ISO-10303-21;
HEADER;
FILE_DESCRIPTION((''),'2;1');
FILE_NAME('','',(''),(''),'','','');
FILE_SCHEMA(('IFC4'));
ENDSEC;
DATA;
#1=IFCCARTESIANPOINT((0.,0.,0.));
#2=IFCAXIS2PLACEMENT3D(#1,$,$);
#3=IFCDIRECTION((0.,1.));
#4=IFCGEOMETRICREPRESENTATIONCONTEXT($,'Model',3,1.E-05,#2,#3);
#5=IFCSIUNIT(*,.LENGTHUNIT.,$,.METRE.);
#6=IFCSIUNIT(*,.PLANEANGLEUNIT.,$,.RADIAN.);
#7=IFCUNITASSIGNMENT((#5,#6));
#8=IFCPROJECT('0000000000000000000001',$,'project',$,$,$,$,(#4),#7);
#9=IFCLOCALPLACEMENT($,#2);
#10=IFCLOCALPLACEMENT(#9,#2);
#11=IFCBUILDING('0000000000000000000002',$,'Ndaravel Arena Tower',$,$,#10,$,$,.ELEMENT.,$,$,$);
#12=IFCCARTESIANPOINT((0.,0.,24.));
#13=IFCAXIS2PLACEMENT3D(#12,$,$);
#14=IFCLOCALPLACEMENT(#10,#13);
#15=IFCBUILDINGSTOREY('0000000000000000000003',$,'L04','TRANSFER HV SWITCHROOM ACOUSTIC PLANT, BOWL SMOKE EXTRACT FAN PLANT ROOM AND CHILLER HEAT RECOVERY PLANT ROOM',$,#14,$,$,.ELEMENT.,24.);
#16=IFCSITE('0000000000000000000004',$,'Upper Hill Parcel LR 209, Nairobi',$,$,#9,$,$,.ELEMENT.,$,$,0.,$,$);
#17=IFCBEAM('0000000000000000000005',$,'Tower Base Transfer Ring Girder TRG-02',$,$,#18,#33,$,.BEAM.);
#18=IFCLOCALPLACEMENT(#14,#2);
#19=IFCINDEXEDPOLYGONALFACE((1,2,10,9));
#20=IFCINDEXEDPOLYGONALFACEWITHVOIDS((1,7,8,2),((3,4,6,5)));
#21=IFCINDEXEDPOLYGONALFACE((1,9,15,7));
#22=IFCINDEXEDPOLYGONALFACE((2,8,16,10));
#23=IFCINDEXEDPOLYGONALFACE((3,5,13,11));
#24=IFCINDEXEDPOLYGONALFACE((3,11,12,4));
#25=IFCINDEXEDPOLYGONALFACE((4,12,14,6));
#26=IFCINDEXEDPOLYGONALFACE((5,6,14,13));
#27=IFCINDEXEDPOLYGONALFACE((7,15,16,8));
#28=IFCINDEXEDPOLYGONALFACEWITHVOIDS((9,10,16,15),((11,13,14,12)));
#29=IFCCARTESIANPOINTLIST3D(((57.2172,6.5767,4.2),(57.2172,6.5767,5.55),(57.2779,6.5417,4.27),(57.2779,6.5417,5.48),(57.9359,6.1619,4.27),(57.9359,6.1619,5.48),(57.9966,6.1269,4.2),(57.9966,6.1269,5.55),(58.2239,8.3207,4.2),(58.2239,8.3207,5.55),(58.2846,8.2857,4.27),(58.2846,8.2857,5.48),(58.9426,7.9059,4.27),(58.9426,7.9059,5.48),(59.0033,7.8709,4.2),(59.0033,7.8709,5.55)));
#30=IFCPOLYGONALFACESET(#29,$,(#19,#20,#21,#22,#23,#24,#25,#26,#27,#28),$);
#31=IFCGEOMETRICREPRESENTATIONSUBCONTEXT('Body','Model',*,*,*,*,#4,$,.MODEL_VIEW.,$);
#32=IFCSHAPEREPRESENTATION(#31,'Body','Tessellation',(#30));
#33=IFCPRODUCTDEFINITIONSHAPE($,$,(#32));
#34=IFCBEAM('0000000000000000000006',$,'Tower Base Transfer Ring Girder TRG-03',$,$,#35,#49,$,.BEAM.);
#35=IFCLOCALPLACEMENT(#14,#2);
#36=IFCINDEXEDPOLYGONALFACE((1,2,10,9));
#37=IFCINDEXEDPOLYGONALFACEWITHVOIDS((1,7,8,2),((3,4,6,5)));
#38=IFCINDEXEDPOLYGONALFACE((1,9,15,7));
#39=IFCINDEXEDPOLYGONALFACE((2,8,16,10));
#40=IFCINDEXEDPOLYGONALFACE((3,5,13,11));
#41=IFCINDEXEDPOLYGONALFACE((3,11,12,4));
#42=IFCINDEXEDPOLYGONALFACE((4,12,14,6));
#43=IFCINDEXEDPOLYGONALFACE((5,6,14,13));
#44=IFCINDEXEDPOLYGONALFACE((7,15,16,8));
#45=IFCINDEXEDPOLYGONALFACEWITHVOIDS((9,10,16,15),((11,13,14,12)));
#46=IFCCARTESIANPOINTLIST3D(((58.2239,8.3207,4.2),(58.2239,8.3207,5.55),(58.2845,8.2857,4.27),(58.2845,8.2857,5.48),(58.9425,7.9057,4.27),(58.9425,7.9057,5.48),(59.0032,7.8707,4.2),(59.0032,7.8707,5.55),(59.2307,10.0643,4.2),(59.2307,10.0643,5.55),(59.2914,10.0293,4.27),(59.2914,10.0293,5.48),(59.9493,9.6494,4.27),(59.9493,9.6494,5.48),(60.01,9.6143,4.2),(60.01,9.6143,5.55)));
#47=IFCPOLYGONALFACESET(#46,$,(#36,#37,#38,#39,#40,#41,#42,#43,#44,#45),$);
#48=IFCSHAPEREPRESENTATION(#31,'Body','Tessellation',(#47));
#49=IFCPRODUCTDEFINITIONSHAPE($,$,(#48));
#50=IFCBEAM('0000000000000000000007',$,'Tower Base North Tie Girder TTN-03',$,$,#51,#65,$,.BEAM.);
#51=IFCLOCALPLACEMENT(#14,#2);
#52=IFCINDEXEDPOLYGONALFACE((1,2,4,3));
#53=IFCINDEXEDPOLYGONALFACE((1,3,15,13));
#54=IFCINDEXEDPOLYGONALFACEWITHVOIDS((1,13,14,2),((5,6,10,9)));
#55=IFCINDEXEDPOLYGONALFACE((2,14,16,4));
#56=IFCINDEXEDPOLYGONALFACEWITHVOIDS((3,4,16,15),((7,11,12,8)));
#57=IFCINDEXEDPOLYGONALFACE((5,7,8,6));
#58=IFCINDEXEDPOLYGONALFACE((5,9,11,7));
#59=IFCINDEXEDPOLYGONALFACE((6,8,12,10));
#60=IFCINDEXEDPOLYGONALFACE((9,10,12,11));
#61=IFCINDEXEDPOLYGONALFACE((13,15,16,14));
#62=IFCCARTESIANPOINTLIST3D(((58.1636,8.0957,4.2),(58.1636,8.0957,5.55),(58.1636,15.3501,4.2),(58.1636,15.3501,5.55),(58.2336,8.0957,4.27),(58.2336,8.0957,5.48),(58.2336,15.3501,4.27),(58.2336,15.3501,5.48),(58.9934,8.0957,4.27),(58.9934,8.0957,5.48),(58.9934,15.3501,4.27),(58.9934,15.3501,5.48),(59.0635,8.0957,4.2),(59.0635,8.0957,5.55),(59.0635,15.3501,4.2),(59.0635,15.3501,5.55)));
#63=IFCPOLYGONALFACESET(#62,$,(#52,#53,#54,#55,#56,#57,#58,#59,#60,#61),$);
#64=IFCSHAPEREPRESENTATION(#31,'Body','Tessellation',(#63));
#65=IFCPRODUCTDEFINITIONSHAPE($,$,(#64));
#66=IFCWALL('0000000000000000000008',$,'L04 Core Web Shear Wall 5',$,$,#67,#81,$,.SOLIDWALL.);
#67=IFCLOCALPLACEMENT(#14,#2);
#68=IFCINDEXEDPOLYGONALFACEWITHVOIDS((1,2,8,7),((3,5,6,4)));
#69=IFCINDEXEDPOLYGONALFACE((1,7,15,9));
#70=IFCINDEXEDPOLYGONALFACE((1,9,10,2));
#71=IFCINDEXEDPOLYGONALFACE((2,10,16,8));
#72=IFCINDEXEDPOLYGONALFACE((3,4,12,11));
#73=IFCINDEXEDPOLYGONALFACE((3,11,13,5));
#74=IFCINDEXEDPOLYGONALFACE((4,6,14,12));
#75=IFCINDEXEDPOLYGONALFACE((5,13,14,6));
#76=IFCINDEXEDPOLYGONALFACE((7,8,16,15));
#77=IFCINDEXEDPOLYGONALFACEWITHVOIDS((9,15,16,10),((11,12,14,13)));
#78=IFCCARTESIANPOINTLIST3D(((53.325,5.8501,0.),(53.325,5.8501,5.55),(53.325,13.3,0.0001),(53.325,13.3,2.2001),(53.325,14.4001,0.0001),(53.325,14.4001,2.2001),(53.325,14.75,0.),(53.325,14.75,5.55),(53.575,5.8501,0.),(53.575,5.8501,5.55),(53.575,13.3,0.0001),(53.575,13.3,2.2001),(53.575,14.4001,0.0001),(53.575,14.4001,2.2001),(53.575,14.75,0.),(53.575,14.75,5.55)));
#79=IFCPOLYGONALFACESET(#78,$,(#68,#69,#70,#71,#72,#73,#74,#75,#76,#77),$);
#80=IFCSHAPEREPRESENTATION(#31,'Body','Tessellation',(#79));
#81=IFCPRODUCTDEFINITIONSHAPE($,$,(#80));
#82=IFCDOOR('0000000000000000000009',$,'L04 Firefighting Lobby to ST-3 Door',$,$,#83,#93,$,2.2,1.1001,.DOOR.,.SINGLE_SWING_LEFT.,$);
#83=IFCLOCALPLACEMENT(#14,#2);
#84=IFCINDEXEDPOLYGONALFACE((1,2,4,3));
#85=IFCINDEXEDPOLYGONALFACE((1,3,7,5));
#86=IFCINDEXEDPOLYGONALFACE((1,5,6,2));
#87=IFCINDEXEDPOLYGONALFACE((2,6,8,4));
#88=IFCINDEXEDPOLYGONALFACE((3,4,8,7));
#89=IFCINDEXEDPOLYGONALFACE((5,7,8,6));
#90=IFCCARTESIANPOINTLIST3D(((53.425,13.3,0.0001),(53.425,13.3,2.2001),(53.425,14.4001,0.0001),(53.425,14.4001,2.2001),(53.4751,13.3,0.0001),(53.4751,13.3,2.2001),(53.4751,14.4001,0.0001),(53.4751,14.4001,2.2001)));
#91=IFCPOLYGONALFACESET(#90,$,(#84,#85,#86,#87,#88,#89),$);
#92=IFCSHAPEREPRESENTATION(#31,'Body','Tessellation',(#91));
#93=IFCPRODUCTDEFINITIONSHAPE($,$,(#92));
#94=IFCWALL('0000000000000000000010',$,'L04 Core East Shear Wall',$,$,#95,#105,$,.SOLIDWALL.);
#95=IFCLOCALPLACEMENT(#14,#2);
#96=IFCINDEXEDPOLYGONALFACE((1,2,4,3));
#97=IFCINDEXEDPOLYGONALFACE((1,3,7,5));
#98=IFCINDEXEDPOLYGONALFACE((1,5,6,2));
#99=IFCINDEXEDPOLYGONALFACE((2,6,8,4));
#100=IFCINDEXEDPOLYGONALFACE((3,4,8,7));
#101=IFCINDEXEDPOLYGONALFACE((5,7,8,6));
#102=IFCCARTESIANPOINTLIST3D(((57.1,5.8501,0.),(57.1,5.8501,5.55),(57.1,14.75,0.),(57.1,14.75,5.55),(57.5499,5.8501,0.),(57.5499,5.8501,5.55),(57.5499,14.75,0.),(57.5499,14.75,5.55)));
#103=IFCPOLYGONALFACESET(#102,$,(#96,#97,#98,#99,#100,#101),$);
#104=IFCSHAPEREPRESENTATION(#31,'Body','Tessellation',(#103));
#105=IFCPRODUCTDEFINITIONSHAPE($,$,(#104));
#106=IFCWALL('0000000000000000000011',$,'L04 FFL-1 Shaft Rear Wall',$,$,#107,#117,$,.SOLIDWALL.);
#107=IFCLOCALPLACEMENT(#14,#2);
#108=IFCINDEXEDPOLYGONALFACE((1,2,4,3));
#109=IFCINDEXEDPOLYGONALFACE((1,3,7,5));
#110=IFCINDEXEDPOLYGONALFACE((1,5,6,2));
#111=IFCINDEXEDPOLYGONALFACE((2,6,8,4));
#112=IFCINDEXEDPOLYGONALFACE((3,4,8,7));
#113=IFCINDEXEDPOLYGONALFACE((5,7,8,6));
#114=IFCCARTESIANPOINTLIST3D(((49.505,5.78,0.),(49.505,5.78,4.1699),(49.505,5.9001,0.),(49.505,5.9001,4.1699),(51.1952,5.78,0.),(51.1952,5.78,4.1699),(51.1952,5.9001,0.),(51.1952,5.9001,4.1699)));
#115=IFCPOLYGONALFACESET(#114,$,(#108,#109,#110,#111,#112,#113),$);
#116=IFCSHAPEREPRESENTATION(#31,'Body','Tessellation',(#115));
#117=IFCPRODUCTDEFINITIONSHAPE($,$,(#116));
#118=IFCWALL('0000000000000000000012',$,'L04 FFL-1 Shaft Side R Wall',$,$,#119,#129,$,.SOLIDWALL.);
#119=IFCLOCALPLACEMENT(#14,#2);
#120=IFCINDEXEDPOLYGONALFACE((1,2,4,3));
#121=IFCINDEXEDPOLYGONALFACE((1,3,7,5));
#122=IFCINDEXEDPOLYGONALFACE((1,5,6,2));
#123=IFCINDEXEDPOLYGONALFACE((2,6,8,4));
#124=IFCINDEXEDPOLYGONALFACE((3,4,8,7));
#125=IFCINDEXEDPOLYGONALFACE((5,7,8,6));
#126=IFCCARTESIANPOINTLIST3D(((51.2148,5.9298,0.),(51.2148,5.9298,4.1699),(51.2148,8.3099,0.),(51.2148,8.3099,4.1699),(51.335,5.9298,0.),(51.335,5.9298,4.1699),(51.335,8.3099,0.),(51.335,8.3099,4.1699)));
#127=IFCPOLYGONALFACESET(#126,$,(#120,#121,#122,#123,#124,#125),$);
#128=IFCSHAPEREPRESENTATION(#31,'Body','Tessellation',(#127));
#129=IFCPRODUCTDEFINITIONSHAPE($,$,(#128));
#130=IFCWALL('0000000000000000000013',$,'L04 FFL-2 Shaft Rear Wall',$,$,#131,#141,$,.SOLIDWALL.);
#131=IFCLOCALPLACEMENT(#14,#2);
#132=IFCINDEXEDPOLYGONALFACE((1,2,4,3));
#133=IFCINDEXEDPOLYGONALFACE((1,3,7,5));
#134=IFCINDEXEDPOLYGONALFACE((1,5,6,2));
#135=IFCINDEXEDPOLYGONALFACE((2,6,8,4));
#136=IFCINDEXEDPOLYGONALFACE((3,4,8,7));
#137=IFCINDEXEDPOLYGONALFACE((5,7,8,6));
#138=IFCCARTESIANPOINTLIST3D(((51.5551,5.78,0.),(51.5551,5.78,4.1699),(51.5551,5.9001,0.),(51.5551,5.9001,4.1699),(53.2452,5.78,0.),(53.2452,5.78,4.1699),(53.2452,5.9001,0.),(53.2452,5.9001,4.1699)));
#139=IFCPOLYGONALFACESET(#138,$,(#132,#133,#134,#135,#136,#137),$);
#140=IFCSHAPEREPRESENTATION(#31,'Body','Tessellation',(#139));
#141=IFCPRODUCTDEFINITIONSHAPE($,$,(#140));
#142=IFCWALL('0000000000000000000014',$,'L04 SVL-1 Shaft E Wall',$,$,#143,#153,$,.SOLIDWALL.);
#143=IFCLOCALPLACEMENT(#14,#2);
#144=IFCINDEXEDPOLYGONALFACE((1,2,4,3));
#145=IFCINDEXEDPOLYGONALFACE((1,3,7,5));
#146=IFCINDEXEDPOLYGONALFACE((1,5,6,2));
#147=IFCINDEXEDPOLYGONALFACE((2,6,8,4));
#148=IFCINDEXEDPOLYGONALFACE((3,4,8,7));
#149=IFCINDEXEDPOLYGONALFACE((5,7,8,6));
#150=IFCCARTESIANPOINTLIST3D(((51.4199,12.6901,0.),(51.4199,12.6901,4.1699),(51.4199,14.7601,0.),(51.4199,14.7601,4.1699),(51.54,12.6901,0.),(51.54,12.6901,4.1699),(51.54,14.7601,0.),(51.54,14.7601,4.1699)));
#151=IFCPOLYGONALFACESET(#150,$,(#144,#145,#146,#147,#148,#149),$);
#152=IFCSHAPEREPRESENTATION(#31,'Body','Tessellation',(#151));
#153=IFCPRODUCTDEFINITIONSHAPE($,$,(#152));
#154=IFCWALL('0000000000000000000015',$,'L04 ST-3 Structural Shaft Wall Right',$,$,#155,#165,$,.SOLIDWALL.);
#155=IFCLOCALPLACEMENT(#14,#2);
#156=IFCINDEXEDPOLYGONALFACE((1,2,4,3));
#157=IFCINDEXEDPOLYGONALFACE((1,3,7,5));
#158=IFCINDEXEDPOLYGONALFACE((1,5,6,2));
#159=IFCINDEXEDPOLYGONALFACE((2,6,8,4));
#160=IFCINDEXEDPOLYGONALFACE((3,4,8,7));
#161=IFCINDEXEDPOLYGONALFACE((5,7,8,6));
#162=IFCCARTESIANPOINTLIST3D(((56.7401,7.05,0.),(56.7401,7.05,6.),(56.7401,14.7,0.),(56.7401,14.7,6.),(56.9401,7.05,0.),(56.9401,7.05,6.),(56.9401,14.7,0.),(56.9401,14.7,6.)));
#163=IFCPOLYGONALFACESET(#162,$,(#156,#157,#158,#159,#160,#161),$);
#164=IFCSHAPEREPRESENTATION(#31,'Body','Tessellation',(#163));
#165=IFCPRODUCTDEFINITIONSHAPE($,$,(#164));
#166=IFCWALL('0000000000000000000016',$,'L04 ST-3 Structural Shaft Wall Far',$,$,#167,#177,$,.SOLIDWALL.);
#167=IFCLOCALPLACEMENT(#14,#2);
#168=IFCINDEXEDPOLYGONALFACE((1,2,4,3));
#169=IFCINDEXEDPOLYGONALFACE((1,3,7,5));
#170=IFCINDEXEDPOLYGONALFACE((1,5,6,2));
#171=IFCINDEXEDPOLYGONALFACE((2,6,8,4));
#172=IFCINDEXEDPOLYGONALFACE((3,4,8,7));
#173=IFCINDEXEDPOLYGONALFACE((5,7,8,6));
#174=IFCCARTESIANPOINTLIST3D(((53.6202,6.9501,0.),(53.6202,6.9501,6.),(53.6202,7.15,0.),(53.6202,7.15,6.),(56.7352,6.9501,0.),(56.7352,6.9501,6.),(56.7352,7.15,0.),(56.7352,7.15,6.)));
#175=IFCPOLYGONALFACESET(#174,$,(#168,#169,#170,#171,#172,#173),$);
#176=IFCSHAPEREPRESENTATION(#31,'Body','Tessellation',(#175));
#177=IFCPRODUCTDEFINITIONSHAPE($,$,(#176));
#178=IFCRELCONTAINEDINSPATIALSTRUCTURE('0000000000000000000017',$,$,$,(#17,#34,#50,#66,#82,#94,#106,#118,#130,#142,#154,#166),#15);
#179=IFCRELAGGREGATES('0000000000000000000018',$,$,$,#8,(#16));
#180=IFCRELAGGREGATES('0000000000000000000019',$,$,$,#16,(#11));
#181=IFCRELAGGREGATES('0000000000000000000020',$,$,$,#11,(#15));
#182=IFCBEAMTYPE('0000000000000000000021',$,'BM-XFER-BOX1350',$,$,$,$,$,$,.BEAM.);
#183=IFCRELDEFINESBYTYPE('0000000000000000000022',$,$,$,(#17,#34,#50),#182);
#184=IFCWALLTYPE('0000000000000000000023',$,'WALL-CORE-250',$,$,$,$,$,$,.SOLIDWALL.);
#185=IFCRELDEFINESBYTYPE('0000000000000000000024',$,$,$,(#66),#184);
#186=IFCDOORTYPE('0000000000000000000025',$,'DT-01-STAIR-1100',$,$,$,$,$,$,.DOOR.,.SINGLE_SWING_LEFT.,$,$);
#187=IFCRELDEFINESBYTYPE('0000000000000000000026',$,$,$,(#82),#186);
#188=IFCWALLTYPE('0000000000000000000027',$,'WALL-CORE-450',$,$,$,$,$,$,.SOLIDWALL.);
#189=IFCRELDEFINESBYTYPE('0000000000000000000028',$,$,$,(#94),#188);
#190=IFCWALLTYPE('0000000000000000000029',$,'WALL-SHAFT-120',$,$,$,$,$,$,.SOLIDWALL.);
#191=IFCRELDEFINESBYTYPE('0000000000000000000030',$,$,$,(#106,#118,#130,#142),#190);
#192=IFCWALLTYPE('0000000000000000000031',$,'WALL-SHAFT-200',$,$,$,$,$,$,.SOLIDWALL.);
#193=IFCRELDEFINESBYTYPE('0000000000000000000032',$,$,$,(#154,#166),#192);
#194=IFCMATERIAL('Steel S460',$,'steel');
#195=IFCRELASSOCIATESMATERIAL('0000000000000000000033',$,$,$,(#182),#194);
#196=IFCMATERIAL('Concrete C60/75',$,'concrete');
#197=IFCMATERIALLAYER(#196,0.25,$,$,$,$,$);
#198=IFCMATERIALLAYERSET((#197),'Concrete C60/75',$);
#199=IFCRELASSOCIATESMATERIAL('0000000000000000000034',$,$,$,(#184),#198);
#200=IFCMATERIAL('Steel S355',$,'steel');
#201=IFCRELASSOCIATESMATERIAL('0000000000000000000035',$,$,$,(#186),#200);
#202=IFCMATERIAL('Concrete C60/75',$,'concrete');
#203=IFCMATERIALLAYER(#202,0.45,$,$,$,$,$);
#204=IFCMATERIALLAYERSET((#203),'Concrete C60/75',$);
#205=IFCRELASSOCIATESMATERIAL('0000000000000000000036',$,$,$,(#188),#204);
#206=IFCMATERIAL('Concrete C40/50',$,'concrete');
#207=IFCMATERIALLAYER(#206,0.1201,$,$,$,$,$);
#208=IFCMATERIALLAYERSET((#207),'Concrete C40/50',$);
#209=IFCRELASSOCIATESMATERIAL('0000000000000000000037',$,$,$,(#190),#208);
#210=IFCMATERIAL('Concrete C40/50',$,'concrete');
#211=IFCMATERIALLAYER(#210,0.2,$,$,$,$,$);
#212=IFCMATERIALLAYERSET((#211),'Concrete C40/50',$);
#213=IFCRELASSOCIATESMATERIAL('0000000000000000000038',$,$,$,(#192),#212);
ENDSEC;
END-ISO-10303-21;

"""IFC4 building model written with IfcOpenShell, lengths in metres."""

from ifc_helpers import new_model, si_unit, direction, frame, frame_2d, origin, origin_2d, place, context, subcontext, project, spatial, rectangle, hollow_rectangle, extrude, material, layer, layer_set, material_profile, profile_set, type_object, element, fill, save


model = new_model("IFC4")

# Units and contexts
model_context = context("Model", 3, precision=1e-05, world=origin(), true_north=direction((0.0, 1.0)))
body_context = subcontext(model_context, "Body", "Model", "MODEL_VIEW")
ifc_project = project(units=[si_unit("LENGTHUNIT", "METRE"), si_unit("PLANEANGLEUNIT", "RADIAN")], contexts=[model_context])

# Site, building, storey
site_placement = place(None, origin())
site = spatial("IfcSite", under=ifc_project, at=site_placement, Name="Upper Hill Parcel LR 209, Nairobi", CompositionType="ELEMENT", RefElevation=0.0)
building_placement = place(site_placement, origin())
building = spatial("IfcBuilding", under=site, at=building_placement, Name="Ndaravel Arena Tower", CompositionType="ELEMENT")
storey_placement = place(building_placement, frame((0.0, 0.0, 24.0)))
storey = spatial("IfcBuildingStorey", under=building, at=storey_placement, Name="L04", Description="TRANSFER HV SWITCHROOM ACOUSTIC PLANT, BOWL SMOKE EXTRACT FAN PLANT ROOM AND CHILLER HEAT RECOVERY PLANT ROOM", CompositionType="ELEMENT", Elevation=24.0)

# Beams
ifc_material_1 = material(Name="Steel S460", Category="steel")
ifc_material_profile = material_profile(ifc_material_1, hollow_rectangle(XDim=0.8999, YDim=1.3501, WallThickness=0.0701, at=origin_2d()), Name="BOX 1350x900x70")
ifc_profile_set = profile_set([ifc_material_profile], Name="Steel S460")
beam_type = type_object("IfcBeamType", Name="BM-XFER-BOX1350", PredefinedType="BEAM", material=ifc_profile_set)
beam_1_placement = place(storey_placement, frame((57.6069, 6.3518, 4.875), z_axis=(0.499908, 0.866079, 0.0), x_axis=(-0.866079, 0.499908, 0.0)))
element("IfcBeam", 1, at=beam_1_placement, inside=storey, type_object=beam_type, Name="Tower Base Transfer Ring Girder TRG-02", PredefinedType="BEAM", context=body_context, shape_type="SweptSolid", body=[
    extrude(hollow_rectangle(XDim=0.8999, YDim=1.3501, WallThickness=0.0701, at=origin_2d()), origin(), (0.0, 0.0, 1.0), 2.0137),
])
beam_2_placement = place(storey_placement, frame((58.6135, 8.0957, 4.875), z_axis=(0.500051, 0.865996, 0.0), x_axis=(-0.865996, 0.500051, 0.0)))
element("IfcBeam", 2, at=beam_2_placement, inside=storey, type_object=beam_type, Name="Tower Base Transfer Ring Girder TRG-03", PredefinedType="BEAM", context=body_context, shape_type="SweptSolid", body=[
    extrude(hollow_rectangle(XDim=0.8999, YDim=1.3501, WallThickness=0.0701, at=origin_2d()), origin(), (0.0, 0.0, 1.0), 2.0134),
])
beam_3_placement = place(storey_placement, frame((58.6135, 8.0957, 4.875), z_axis=(0.0, 1.0, 0.0), x_axis=(-1.0, 0.0, 0.0)))
element("IfcBeam", 3, at=beam_3_placement, inside=storey, type_object=beam_type, Name="Tower Base North Tie Girder TTN-03", PredefinedType="BEAM", context=body_context, shape_type="SweptSolid", body=[
    extrude(hollow_rectangle(XDim=0.8999, YDim=1.3501, WallThickness=0.0701, at=origin_2d()), origin(), (0.0, 0.0, 1.0), 7.2544),
])

# Wall, opening, door
ifc_material_2 = material(Name="Concrete C60/75", Category="concrete")
ifc_layer_1 = layer(ifc_material_2, 0.25)
ifc_layer_set_1 = layer_set([ifc_layer_1], Name="Concrete C60/75")
wall_type_1 = type_object("IfcWallType", Name="WALL-CORE-250", PredefinedType="SOLIDWALL", material=ifc_layer_set_1)
wall_1_placement = place(storey_placement, frame((53.45, 5.8501, 0.0), z_axis=(0.0, 0.0, 1.0), x_axis=(0.0, 1.0, 0.0)))
wall_1 = element("IfcWall", 4, at=wall_1_placement, inside=storey, type_object=wall_type_1, Name="L04 Core Web Shear Wall 5", PredefinedType="SOLIDWALL", context=body_context, shape_type="SweptSolid", body=[
    extrude(rectangle(XDim=8.8999, YDim=0.25, at=frame_2d((4.45, 0.0))), origin(), (0.0, 0.0, 1.0), 5.55),
])
opening_1_placement = place(wall_1_placement, frame((7.45, 0.0, 0.0)))
opening_1 = element("IfcOpeningElement", 5, at=opening_1_placement, cuts=wall_1, PredefinedType="OPENING", context=body_context, shape_type="SweptSolid", body=[
    extrude(rectangle(XDim=1.1001, YDim=2.2, at=frame_2d((0.55, 1.1001))), frame((0.0, 0.125, 0.0), z_axis=(0.0, -1.0, 0.0), x_axis=(1.0, 0.0, 0.0)), (0.0, 0.0, 1.0), 0.25),
])
ifc_material_3 = material(Name="Steel S355", Category="steel")
door_type_1 = type_object("IfcDoorType", Name="DT-01-STAIR-1100", OperationType="SINGLE_SWING_LEFT", PredefinedType="DOOR", material=ifc_material_3)
door_1_placement = place(opening_1_placement, origin())
door_1 = element("IfcDoor", 6, at=door_1_placement, inside=storey, type_object=door_type_1, Name="L04 Firefighting Lobby to ST-3 Door", OperationType="SINGLE_SWING_LEFT", OverallHeight=2.2, OverallWidth=1.1001, PredefinedType="DOOR", context=body_context, shape_type="SweptSolid", body=[
    extrude(rectangle(XDim=1.1001, YDim=2.2, at=frame_2d((0.55, 1.1001))), frame((0.0, 0.0249, 0.0), z_axis=(0.0, -1.0, 0.0), x_axis=(1.0, 0.0, 0.0)), (0.0, 0.0, 1.0), 0.05),
])
fill(opening_1, door_1)

# Walls
ifc_material_4 = material(Name="Concrete C60/75", Category="concrete")
ifc_layer_2 = layer(ifc_material_4, 0.45)
ifc_layer_set_2 = layer_set([ifc_layer_2], Name="Concrete C60/75")
wall_type_2 = type_object("IfcWallType", Name="WALL-CORE-450", PredefinedType="SOLIDWALL", material=ifc_layer_set_2)
wall_2_placement = place(storey_placement, frame((57.325, 5.8501, 0.0), z_axis=(0.0, 0.0, 1.0), x_axis=(0.0, 1.0, 0.0)))
element("IfcWall", 7, at=wall_2_placement, inside=storey, type_object=wall_type_2, Name="L04 Core East Shear Wall", PredefinedType="SOLIDWALL", context=body_context, shape_type="SweptSolid", body=[
    extrude(rectangle(XDim=8.8999, YDim=0.45, at=frame_2d((4.45, 0.0))), origin(), (0.0, 0.0, 1.0), 5.55),
])
ifc_material_5 = material(Name="Concrete C40/50", Category="concrete")
ifc_layer_3 = layer(ifc_material_5, 0.1201)
ifc_layer_set_3 = layer_set([ifc_layer_3], Name="Concrete C40/50")
wall_type_3 = type_object("IfcWallType", Name="WALL-SHAFT-120", PredefinedType="SOLIDWALL", material=ifc_layer_set_3)
wall_3_placement = place(storey_placement, frame((49.5049, 5.8401, 0.0), z_axis=(0.0, 0.0, 1.0), x_axis=(1.0, 0.0, 0.0)))
element("IfcWall", 8, at=wall_3_placement, inside=storey, type_object=wall_type_3, Name="L04 FFL-1 Shaft Rear Wall", PredefinedType="SOLIDWALL", context=body_context, shape_type="SweptSolid", body=[
    extrude(rectangle(XDim=1.6902, YDim=0.1201, at=frame_2d((0.8452, 0.0))), origin(), (0.0, 0.0, 1.0), 4.1699),
])
wall_4_placement = place(storey_placement, frame((51.2749, 5.9299, 0.0), z_axis=(0.0, 0.0, 1.0), x_axis=(0.0, 1.0, 0.0)))
element("IfcWall", 9, at=wall_4_placement, inside=storey, type_object=wall_type_3, Name="L04 FFL-1 Shaft Side R Wall", PredefinedType="SOLIDWALL", context=body_context, shape_type="SweptSolid", body=[
    extrude(rectangle(XDim=2.3801, YDim=0.1201, at=frame_2d((1.1899, 0.0))), origin(), (0.0, 0.0, 1.0), 4.1699),
])
wall_5_placement = place(storey_placement, frame((51.5549, 5.8401, 0.0), z_axis=(0.0, 0.0, 1.0), x_axis=(1.0, 0.0, 0.0)))
element("IfcWall", 10, at=wall_5_placement, inside=storey, type_object=wall_type_3, Name="L04 FFL-2 Shaft Rear Wall", PredefinedType="SOLIDWALL", context=body_context, shape_type="SweptSolid", body=[
    extrude(rectangle(XDim=1.6902, YDim=0.1201, at=frame_2d((0.8452, 0.0))), origin(), (0.0, 0.0, 1.0), 4.1699),
])
wall_6_placement = place(storey_placement, frame((51.48, 12.6899, 0.0), z_axis=(0.0, 0.0, 1.0), x_axis=(0.0, 1.0, 0.0)))
element("IfcWall", 11, at=wall_6_placement, inside=storey, type_object=wall_type_3, Name="L04 SVL-1 Shaft E Wall", PredefinedType="SOLIDWALL", context=body_context, shape_type="SweptSolid", body=[
    extrude(rectangle(XDim=2.0701, YDim=0.1201, at=frame_2d((1.0352, 0.0))), origin(), (0.0, 0.0, 1.0), 4.1699),
])
ifc_material_6 = material(Name="Concrete C40/50", Category="concrete")
ifc_layer_4 = layer(ifc_material_6, 0.2)
ifc_layer_set_4 = layer_set([ifc_layer_4], Name="Concrete C40/50")
wall_type_4 = type_object("IfcWallType", Name="WALL-SHAFT-200", PredefinedType="SOLIDWALL", material=ifc_layer_set_4)
wall_7_placement = place(storey_placement, frame((56.8401, 14.7, 0.0), z_axis=(0.0, 0.0, 1.0), x_axis=(0.0, -1.0, 0.0)))
element("IfcWall", 12, at=wall_7_placement, inside=storey, type_object=wall_type_4, Name="L04 ST-3 Structural Shaft Wall Right", PredefinedType="SOLIDWALL", context=body_context, shape_type="SweptSolid", body=[
    extrude(rectangle(XDim=7.6499, YDim=0.2, at=frame_2d((3.825, 0.0))), origin(), (0.0, 0.0, 1.0), 6.0),
])
wall_8_placement = place(storey_placement, frame((53.6201, 7.05, 0.0), z_axis=(0.0, 0.0, 1.0), x_axis=(1.0, 0.0, 0.0)))
element("IfcWall", 13, at=wall_8_placement, inside=storey, type_object=wall_type_4, Name="L04 ST-3 Structural Shaft Wall Far", PredefinedType="SOLIDWALL", context=body_context, shape_type="SweptSolid", body=[
    extrude(rectangle(XDim=3.115, YDim=0.2, at=frame_2d((1.5576, 0.0))), origin(), (0.0, 0.0, 1.0), 6.0),
])

save(model, "model.ifc")
